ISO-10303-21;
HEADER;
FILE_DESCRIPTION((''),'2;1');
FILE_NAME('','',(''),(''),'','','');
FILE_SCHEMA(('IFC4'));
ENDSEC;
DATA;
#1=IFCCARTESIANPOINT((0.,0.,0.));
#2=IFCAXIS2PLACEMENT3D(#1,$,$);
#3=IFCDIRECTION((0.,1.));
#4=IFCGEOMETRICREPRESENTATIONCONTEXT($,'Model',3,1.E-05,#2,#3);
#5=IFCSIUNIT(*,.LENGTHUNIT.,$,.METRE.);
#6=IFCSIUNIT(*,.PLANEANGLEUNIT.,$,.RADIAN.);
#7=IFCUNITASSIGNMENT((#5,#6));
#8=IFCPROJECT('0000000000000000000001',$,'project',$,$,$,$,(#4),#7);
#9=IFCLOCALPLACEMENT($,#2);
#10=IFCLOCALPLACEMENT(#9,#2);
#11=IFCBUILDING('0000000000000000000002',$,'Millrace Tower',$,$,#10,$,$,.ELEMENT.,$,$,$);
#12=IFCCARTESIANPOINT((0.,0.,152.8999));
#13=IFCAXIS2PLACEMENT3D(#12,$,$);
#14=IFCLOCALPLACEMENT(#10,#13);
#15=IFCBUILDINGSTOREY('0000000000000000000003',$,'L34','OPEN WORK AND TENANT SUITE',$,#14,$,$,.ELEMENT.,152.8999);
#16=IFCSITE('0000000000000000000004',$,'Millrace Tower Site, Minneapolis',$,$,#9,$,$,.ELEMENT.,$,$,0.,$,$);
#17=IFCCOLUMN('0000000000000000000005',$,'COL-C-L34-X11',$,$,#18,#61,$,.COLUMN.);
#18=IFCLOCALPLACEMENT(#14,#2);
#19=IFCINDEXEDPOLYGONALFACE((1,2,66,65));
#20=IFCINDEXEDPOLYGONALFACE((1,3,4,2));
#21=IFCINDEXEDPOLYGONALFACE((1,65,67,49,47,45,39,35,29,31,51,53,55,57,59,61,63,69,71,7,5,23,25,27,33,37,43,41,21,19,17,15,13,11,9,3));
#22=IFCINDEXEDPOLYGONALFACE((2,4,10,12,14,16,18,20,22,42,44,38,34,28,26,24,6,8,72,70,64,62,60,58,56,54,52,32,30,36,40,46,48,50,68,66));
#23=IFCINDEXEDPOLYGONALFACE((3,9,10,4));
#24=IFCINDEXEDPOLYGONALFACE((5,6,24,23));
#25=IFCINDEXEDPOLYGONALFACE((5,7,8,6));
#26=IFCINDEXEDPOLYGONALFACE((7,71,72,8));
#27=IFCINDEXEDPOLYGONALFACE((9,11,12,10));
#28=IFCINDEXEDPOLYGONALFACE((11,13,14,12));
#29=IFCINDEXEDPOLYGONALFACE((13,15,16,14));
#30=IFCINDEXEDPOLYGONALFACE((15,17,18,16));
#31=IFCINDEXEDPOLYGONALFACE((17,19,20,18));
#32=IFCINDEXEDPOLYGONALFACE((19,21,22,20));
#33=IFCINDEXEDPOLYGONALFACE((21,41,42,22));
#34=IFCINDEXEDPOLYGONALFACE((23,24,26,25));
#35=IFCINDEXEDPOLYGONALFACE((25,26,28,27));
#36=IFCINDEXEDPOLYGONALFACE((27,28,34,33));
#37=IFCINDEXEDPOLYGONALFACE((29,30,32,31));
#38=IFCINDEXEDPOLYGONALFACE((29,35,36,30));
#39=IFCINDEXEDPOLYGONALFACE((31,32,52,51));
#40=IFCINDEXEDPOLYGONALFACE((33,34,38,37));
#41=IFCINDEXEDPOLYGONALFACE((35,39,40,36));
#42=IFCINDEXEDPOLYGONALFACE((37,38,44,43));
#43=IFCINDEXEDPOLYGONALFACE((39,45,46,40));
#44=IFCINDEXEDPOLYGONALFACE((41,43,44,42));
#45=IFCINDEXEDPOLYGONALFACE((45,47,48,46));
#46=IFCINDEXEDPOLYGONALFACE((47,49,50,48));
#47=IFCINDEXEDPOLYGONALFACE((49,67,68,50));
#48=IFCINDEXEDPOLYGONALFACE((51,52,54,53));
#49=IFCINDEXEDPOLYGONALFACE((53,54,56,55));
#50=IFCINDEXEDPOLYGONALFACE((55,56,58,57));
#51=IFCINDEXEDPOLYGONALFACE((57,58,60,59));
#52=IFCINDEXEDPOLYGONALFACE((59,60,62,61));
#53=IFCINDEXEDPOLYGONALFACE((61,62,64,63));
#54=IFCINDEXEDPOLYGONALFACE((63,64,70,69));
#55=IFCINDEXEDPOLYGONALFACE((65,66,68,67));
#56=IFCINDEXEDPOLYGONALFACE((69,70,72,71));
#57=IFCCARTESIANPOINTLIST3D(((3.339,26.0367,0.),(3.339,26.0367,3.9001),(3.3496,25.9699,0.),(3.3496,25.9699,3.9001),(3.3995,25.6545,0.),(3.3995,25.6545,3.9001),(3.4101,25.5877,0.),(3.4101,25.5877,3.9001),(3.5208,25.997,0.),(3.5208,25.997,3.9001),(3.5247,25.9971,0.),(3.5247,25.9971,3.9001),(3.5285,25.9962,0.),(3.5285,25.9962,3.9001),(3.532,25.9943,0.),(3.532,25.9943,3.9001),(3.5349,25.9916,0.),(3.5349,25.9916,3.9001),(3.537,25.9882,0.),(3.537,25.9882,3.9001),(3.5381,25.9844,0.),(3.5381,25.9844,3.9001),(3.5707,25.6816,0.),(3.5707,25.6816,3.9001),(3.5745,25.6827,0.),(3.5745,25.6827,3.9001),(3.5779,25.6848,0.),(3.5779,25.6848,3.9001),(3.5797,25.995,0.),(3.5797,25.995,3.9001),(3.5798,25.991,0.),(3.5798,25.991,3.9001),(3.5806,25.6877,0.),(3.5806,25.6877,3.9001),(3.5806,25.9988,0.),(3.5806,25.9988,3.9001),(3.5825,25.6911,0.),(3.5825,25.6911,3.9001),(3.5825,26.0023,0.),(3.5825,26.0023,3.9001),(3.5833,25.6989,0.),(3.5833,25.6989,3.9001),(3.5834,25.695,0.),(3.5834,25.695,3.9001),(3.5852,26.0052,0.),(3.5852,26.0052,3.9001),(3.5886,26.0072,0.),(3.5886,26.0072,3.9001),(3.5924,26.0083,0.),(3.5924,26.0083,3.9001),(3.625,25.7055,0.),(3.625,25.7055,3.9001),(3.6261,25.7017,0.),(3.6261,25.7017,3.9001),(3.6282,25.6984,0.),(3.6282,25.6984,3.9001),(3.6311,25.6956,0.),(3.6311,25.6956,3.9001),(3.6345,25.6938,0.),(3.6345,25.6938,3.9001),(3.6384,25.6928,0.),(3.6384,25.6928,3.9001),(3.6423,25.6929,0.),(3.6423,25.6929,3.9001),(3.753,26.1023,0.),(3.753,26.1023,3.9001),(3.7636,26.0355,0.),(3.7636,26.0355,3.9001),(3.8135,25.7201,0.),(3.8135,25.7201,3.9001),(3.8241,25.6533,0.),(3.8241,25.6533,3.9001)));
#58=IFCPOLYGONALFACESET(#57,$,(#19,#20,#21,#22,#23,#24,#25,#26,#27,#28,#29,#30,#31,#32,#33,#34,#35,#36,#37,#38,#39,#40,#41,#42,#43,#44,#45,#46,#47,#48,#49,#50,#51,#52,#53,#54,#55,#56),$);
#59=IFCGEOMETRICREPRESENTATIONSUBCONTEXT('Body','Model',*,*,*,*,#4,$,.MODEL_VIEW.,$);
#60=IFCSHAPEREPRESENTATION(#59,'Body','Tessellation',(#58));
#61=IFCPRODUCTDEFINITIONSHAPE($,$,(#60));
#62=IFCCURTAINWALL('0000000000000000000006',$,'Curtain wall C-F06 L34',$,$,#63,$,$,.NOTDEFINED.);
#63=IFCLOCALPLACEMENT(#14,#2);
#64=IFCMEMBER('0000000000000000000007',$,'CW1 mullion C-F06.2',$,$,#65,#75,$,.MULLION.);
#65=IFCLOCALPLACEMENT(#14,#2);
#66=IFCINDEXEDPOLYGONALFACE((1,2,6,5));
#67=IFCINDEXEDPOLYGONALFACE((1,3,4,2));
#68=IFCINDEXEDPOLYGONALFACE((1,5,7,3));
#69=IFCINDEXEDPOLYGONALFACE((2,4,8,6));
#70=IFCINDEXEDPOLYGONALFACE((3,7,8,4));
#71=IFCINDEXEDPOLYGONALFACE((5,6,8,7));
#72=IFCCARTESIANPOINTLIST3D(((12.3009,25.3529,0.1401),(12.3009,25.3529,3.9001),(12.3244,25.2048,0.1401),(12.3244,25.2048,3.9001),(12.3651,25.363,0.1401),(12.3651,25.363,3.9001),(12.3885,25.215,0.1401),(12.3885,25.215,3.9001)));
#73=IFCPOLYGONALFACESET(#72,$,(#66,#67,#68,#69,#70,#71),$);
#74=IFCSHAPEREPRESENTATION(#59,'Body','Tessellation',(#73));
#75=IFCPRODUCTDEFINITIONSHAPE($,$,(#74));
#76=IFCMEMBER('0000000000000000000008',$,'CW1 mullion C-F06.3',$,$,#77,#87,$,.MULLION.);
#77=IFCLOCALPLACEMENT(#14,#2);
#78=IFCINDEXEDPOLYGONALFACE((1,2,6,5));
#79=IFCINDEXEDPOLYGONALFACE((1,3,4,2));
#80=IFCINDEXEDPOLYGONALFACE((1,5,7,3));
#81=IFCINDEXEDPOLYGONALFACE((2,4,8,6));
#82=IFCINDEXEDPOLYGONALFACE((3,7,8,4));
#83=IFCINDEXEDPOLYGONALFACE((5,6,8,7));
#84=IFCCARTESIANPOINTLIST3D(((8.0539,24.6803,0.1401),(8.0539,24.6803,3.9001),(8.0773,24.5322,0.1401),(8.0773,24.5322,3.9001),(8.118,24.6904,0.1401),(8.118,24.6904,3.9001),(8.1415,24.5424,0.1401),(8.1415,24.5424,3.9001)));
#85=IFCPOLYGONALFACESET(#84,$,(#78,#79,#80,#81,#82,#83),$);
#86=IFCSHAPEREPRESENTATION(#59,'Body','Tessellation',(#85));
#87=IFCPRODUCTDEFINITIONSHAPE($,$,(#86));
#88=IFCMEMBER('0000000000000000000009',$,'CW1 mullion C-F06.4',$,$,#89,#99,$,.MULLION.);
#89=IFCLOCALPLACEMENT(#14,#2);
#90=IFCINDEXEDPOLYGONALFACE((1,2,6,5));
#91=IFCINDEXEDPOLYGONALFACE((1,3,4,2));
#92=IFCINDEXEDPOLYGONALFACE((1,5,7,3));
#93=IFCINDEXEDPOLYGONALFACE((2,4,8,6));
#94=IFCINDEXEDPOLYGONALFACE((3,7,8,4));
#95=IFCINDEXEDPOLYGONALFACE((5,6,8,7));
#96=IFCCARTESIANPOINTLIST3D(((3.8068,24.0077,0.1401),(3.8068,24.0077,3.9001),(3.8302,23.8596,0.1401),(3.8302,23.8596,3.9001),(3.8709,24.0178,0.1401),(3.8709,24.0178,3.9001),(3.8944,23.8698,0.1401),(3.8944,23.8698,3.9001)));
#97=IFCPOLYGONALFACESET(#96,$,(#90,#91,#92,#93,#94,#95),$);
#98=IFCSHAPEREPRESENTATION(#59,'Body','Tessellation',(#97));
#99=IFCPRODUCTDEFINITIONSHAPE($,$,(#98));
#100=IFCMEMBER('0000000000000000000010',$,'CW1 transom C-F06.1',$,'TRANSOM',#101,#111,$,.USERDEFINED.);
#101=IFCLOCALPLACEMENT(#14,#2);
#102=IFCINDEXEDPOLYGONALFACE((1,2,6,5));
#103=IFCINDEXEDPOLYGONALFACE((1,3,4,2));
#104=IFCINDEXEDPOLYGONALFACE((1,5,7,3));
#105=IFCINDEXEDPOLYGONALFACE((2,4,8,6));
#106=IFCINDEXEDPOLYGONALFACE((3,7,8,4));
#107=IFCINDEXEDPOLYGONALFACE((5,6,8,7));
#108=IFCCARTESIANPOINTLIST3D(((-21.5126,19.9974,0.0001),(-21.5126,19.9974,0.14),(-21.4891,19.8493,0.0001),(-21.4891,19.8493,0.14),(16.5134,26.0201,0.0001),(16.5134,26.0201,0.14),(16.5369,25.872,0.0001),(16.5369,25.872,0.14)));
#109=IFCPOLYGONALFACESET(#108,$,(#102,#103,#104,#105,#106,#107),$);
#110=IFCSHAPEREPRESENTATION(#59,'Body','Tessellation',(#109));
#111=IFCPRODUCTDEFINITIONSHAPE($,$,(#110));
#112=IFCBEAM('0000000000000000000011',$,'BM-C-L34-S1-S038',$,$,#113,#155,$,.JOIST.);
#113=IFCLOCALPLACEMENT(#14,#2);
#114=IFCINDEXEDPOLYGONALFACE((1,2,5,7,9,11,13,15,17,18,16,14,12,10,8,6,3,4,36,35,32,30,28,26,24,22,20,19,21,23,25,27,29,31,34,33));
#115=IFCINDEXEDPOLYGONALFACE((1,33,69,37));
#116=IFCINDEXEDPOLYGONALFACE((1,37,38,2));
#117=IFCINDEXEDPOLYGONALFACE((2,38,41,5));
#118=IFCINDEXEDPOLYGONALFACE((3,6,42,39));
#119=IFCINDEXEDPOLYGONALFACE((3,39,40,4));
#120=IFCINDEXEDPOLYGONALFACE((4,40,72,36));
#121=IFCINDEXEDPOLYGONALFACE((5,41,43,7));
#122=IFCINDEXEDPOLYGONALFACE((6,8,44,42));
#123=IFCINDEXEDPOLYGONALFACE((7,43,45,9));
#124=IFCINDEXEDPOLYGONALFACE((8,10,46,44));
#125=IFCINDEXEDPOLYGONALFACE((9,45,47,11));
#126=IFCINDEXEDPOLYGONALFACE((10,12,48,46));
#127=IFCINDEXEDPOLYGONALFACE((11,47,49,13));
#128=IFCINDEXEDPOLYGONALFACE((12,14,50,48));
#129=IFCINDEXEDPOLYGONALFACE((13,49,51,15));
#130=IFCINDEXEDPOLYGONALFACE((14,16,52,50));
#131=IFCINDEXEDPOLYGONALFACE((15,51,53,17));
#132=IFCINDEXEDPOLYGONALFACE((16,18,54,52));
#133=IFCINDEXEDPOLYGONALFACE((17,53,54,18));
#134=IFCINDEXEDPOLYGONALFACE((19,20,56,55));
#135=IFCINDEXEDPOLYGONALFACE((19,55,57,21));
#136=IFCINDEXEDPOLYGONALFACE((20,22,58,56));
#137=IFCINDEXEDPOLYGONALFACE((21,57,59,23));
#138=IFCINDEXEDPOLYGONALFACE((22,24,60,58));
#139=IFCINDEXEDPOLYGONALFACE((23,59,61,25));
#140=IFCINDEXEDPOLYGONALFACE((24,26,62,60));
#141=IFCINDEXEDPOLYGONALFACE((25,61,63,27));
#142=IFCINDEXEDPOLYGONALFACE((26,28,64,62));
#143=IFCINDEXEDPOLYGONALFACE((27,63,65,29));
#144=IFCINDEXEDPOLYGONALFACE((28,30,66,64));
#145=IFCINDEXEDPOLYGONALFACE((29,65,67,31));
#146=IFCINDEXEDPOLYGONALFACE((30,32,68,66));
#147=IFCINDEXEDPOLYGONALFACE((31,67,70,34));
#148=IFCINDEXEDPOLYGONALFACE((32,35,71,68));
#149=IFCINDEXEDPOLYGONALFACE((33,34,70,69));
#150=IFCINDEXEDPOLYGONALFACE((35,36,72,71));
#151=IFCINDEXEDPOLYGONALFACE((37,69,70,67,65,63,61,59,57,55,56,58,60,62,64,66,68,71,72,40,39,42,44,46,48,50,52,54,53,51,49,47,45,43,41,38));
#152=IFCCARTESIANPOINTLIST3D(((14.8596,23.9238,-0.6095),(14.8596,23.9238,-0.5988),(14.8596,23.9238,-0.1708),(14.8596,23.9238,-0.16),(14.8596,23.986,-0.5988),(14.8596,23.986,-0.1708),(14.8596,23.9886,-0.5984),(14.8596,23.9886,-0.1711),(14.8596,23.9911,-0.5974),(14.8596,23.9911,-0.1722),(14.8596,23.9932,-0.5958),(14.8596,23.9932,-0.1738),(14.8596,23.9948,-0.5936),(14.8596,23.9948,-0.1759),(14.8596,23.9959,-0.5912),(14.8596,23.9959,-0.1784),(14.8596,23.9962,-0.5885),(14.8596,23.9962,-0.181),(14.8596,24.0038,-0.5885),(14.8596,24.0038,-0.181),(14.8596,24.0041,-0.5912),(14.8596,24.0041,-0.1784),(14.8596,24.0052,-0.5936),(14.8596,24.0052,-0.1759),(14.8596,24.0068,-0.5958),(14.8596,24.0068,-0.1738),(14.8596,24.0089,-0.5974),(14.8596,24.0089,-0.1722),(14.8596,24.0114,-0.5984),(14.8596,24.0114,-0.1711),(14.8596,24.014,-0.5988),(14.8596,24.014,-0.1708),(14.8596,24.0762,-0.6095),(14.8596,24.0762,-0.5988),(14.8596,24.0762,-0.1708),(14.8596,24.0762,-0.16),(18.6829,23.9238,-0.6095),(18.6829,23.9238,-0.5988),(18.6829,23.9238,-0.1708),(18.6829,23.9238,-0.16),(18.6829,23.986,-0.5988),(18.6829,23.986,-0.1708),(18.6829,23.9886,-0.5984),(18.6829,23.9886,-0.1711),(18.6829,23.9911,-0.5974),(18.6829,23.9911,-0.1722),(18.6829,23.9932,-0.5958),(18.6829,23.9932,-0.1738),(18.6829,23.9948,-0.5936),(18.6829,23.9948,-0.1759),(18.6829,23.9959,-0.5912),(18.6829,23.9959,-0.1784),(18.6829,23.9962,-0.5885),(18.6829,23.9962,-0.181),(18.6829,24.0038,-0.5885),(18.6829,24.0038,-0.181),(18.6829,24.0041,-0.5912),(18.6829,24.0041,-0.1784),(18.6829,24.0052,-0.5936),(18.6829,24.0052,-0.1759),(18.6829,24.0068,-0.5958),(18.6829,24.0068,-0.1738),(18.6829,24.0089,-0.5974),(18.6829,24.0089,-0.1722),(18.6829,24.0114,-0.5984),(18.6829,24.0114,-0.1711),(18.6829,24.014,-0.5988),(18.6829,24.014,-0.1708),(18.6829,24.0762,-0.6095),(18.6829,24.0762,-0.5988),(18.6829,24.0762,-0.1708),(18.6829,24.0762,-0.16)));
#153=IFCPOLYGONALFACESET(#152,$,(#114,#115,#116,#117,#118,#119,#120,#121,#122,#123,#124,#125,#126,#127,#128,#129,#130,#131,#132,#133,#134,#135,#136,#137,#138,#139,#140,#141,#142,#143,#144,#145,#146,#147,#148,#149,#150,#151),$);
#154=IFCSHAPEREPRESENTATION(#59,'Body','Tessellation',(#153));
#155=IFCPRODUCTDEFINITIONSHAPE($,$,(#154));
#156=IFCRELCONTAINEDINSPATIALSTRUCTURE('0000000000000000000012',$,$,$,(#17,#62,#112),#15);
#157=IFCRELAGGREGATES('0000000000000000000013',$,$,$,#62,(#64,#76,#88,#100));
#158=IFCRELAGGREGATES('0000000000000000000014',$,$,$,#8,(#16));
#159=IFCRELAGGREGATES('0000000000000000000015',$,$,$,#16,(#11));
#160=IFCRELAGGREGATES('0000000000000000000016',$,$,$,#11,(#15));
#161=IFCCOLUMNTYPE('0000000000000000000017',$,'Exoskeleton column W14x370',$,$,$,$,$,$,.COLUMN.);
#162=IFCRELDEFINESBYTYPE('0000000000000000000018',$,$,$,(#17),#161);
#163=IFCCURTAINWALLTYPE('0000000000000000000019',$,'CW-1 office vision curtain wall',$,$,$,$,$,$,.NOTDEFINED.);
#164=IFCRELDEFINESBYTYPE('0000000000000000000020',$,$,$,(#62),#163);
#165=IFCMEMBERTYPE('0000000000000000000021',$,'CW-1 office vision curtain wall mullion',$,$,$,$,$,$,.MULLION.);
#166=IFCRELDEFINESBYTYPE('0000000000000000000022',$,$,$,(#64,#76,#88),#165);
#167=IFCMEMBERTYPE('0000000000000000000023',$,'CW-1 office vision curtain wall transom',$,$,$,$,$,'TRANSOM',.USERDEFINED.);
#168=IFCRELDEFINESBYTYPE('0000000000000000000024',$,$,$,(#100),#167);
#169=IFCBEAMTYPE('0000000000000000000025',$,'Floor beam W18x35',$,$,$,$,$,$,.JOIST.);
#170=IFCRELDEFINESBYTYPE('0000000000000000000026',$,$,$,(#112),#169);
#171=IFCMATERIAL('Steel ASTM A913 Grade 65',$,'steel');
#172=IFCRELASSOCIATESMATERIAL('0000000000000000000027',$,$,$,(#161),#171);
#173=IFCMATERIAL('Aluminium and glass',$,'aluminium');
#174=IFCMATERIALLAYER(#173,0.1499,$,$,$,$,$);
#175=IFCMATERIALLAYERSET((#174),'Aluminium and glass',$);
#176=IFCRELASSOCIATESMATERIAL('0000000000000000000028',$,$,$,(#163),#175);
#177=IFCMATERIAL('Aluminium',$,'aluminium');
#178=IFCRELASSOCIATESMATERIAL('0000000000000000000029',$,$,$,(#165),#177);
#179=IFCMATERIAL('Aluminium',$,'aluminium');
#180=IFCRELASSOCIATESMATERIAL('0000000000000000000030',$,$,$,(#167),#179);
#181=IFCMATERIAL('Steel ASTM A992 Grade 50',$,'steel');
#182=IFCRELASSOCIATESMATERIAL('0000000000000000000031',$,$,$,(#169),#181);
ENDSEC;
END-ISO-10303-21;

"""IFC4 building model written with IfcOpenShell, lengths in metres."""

from ifc_helpers import new_model, si_unit, direction, frame, origin, origin_2d, place, context, subcontext, project, spatial, rectangle, i_section, extrude, material, layer, layer_set, material_profile, profile_set, type_object, element, aggregate, save


model = new_model("IFC4")

# Units and contexts
model_context = context("Model", 3, precision=1e-05, world=origin(), true_north=direction((0.0, 1.0)))
body_context = subcontext(model_context, "Body", "Model", "MODEL_VIEW")
ifc_project = project(units=[si_unit("LENGTHUNIT", "METRE"), si_unit("PLANEANGLEUNIT", "RADIAN")], contexts=[model_context])

# Site, building, storey
site_placement = place(None, origin())
site = spatial("IfcSite", under=ifc_project, at=site_placement, Name="Millrace Tower Site, Minneapolis", CompositionType="ELEMENT", RefElevation=0.0)
building_placement = place(site_placement, origin())
building = spatial("IfcBuilding", under=site, at=building_placement, Name="Millrace Tower", CompositionType="ELEMENT")
storey_placement = place(building_placement, frame((0.0, 0.0, 152.8999)))
storey = spatial("IfcBuildingStorey", under=building, at=storey_placement, Name="L34", Description="OPEN WORK AND TENANT SUITE", CompositionType="ELEMENT", Elevation=152.8999)

# Column
ifc_material_1 = material(Name="Steel ASTM A913 Grade 65", Category="steel")
ifc_material_profile_1 = material_profile(ifc_material_1, i_section(OverallWidth=0.4192, OverallDepth=0.4546, WebThickness=0.0422, FlangeThickness=0.0676, FilletRadius=0.0151, at=origin_2d()))
ifc_profile_set_1 = profile_set([ifc_material_profile_1], Name="Steel ASTM A913 Grade 65")
column_type = type_object("IfcColumnType", Name="Exoskeleton column W14x370", PredefinedType="COLUMN", material=ifc_profile_set_1)
column_placement = place(storey_placement, frame((3.5815, 25.845, 0.0), z_axis=(0.0, 0.0, 1.0), x_axis=(-0.987688, -0.156434, 0.0)))
element("IfcColumn", 1, at=column_placement, inside=storey, type_object=column_type, Name="COL-C-L34-X11", PredefinedType="COLUMN", context=body_context, shape_type="SweptSolid", body=[
    extrude(i_section(OverallWidth=0.4192, OverallDepth=0.4546, WebThickness=0.0422, FlangeThickness=0.0676, FilletRadius=0.0151, at=origin_2d()), origin(), (0.0, 0.0, 1.0), 3.9001),
])

# Curtain wall, members
ifc_material_2 = material(Name="Aluminium and glass", Category="aluminium")
ifc_layer_1 = layer(ifc_material_2, 0.1499)
ifc_layer_set_1 = layer_set([ifc_layer_1], Name="Aluminium and glass")
curtain_wall_type = type_object("IfcCurtainWallType", Name="CW-1 office vision curtain wall", PredefinedType="NOTDEFINED", material=ifc_layer_set_1)
curtain_wall_placement = place(storey_placement, origin())
curtain_wall = element("IfcCurtainWall", 2, at=curtain_wall_placement, inside=storey, type_object=curtain_wall_type, Name="Curtain wall C-F06 L34", PredefinedType="NOTDEFINED")
ifc_material_3 = material(Name="Aluminium", Category="aluminium")
ifc_material_profile_2 = material_profile(ifc_material_3, rectangle(XDim=0.0649, YDim=0.1499, at=origin_2d()))
ifc_profile_set_2 = profile_set([ifc_material_profile_2], Name="Aluminium")
member_type_1 = type_object("IfcMemberType", Name="CW-1 office vision curtain wall mullion", PredefinedType="MULLION", material=ifc_profile_set_2)
member_1_placement = place(storey_placement, frame((12.3447, 25.2839, 0.1401), z_axis=(0.0, 0.0, 1.0), x_axis=(-0.987688, -0.156434, 0.0)))
member_1 = element("IfcMember", 3, at=member_1_placement, type_object=member_type_1, Name="CW1 mullion C-F06.2", PredefinedType="MULLION", context=body_context, shape_type="SweptSolid", body=[
    extrude(rectangle(XDim=0.0649, YDim=0.1499, at=origin_2d()), origin(), (0.0, 0.0, 1.0), 3.76),
])
member_2_placement = place(storey_placement, frame((8.0977, 24.6113, 0.1401), z_axis=(0.0, 0.0, 1.0), x_axis=(-0.987688, -0.156434, 0.0)))
member_2 = element("IfcMember", 4, at=member_2_placement, type_object=member_type_1, Name="CW1 mullion C-F06.3", PredefinedType="MULLION", context=body_context, shape_type="SweptSolid", body=[
    extrude(rectangle(XDim=0.0649, YDim=0.1499, at=origin_2d()), origin(), (0.0, 0.0, 1.0), 3.76),
])
member_3_placement = place(storey_placement, frame((3.8506, 23.9387, 0.1401), z_axis=(0.0, 0.0, 1.0), x_axis=(-0.987688, -0.156434, 0.0)))
member_3 = element("IfcMember", 5, at=member_3_placement, type_object=member_type_1, Name="CW1 mullion C-F06.4", PredefinedType="MULLION", context=body_context, shape_type="SweptSolid", body=[
    extrude(rectangle(XDim=0.0649, YDim=0.1499, at=origin_2d()), origin(), (0.0, 0.0, 1.0), 3.76),
])
ifc_material_4 = material(Name="Aluminium", Category="aluminium")
ifc_material_profile_3 = material_profile(ifc_material_4, rectangle(XDim=0.1499, YDim=0.1399, at=origin_2d()))
ifc_profile_set_3 = profile_set([ifc_material_profile_3], Name="Aluminium")
member_type_2 = type_object("IfcMemberType", Name="CW-1 office vision curtain wall transom", ElementType="TRANSOM", PredefinedType="USERDEFINED", material=ifc_profile_set_3)
member_4_placement = place(storey_placement, frame((16.5251, 25.946, 0.0701), z_axis=(-0.987689, -0.156433, 0.0), x_axis=(0.156433, -0.987689, 0.0)))
member_4 = element("IfcMember", 6, at=member_4_placement, type_object=member_type_2, Name="CW1 transom C-F06.1", ObjectType="TRANSOM", PredefinedType="USERDEFINED", context=body_context, shape_type="SweptSolid", body=[
    extrude(rectangle(XDim=0.1499, YDim=0.1399, at=origin_2d()), origin(), (0.0, 0.0, 1.0), 38.5),
])
aggregate(curtain_wall, [member_1, member_2, member_3, member_4])

# Beam
ifc_material_5 = material(Name="Steel ASTM A992 Grade 50", Category="steel")
ifc_material_profile_4 = material_profile(ifc_material_5, i_section(OverallWidth=0.1523, OverallDepth=0.4495, WebThickness=0.0076, FlangeThickness=0.0107, FilletRadius=0.0103, at=origin_2d()))
ifc_profile_set_4 = profile_set([ifc_material_profile_4], Name="Steel ASTM A992 Grade 50")
beam_type_1 = type_object("IfcBeamType", Name="Floor beam W18x35", PredefinedType="JOIST", material=ifc_profile_set_4)
beam_1_placement = place(storey_placement, frame((14.8596, 24.0, -0.3848), z_axis=(1.0, 0.0, 0.0), x_axis=(0.0, 1.0, 0.0)))
element("IfcBeam", 7, at=beam_1_placement, inside=storey, type_object=beam_type_1, Name="BM-C-L34-S1-S038", PredefinedType="JOIST", context=body_context, shape_type="SweptSolid", body=[
    extrude(i_section(OverallWidth=0.1523, OverallDepth=0.4495, WebThickness=0.0076, FlangeThickness=0.0107, FilletRadius=0.0103, at=origin_2d()), origin(), (0.0, 0.0, 1.0), 3.8232),
])

save(model, "model.ifc")
